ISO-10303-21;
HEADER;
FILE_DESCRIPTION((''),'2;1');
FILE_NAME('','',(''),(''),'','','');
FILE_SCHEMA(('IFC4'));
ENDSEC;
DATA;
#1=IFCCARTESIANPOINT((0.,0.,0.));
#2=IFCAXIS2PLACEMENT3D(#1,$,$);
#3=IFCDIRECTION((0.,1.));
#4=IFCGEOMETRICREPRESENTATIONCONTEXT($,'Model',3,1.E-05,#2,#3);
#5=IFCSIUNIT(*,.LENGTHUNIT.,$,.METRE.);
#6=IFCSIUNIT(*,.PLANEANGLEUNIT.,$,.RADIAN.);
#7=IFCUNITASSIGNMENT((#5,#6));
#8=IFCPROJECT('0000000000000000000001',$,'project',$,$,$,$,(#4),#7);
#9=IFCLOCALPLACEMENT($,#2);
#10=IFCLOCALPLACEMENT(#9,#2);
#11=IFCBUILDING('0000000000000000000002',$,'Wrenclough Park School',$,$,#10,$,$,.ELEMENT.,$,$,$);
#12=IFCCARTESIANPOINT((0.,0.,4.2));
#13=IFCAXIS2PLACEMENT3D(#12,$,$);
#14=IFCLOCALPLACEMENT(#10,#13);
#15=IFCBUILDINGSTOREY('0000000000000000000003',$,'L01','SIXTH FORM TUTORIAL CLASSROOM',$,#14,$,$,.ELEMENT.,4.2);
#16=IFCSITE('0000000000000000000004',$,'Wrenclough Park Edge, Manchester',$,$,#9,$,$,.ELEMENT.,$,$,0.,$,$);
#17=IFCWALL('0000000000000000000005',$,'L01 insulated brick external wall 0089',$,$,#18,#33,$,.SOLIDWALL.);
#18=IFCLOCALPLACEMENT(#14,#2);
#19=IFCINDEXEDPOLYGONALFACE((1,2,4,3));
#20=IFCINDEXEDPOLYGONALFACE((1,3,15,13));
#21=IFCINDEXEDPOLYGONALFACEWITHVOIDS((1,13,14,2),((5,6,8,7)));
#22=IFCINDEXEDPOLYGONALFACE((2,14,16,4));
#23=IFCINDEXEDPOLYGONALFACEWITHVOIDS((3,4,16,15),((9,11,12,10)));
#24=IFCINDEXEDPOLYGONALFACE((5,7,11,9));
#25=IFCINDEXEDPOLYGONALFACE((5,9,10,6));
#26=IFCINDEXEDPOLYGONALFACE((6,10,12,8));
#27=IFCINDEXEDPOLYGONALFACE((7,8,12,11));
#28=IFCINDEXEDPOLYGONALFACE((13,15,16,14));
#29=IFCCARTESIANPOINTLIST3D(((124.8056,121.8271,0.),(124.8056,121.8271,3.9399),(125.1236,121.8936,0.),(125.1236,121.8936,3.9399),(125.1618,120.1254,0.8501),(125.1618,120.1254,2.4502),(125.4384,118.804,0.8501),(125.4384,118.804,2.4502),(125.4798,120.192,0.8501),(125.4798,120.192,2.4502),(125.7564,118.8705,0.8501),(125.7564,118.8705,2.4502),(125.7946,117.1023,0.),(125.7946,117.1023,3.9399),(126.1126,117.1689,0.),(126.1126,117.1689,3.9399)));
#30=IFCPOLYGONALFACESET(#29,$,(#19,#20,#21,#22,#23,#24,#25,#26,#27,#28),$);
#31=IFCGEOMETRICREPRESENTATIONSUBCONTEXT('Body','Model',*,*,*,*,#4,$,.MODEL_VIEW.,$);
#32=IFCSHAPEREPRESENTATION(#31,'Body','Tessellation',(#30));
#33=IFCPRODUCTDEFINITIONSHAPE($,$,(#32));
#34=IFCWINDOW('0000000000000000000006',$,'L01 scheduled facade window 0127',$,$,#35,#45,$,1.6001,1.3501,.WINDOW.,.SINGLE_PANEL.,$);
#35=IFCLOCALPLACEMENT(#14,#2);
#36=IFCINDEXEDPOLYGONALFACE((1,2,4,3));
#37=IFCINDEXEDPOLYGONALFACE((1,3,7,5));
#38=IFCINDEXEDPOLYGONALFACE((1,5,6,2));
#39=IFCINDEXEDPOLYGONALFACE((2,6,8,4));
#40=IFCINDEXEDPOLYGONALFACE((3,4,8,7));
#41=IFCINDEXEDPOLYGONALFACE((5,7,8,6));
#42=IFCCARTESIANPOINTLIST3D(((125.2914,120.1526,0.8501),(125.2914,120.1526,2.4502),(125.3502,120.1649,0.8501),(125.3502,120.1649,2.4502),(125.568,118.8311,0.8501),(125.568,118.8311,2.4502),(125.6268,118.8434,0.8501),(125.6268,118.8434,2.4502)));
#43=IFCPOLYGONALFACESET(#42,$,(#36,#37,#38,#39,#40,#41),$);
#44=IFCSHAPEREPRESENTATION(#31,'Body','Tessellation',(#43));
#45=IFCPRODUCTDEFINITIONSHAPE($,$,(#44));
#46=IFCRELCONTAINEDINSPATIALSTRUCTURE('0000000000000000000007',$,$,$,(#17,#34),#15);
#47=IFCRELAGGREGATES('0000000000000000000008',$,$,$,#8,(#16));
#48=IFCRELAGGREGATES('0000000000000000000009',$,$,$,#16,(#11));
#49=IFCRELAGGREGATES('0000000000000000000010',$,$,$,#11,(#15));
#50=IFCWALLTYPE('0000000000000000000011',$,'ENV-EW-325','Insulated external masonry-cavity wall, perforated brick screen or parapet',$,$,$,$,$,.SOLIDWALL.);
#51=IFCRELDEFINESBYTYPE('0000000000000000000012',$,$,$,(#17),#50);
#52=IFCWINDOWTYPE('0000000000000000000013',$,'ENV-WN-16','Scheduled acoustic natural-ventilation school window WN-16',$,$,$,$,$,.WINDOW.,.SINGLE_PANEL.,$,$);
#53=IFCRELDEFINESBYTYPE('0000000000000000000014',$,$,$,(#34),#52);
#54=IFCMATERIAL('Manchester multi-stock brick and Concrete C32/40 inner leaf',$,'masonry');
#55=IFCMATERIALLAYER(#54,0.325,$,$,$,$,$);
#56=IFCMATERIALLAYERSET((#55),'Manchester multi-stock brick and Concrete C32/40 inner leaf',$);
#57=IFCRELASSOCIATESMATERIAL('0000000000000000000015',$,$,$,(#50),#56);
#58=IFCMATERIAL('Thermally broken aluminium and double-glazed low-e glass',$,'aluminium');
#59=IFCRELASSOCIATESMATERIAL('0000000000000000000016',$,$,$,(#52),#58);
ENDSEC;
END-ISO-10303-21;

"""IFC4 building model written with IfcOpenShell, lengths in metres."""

from ifc_helpers import new_model, si_unit, direction, frame, frame_2d, origin, place, context, subcontext, project, spatial, rectangle, extrude, material, layer, layer_set, type_object, element, fill, save


model = new_model("IFC4")

# Units and contexts
model_context = context("Model", 3, precision=1e-05, world=origin(), true_north=direction((0.0, 1.0)))
body_context = subcontext(model_context, "Body", "Model", "MODEL_VIEW")
ifc_project = project(units=[si_unit("LENGTHUNIT", "METRE"), si_unit("PLANEANGLEUNIT", "RADIAN")], contexts=[model_context])

# Site, building, storey
site_placement = place(None, origin())
site = spatial("IfcSite", under=ifc_project, at=site_placement, Name="Wrenclough Park Edge, Manchester", CompositionType="ELEMENT", RefElevation=0.0)
building_placement = place(site_placement, origin())
building = spatial("IfcBuilding", under=site, at=building_placement, Name="Wrenclough Park School", CompositionType="ELEMENT")
storey_placement = place(building_placement, frame((0.0, 0.0, 4.2)))
storey = spatial("IfcBuildingStorey", under=building, at=storey_placement, Name="L01", Description="SIXTH FORM TUTORIAL CLASSROOM", CompositionType="ELEMENT", Elevation=4.2)

# Wall, opening, window
ifc_material_1 = material(Name="Manchester multi-stock brick and Concrete C32/40 inner leaf", Category="masonry")
ifc_layer_1 = layer(ifc_material_1, 0.325)
ifc_layer_set_1 = layer_set([ifc_layer_1], Name="Manchester multi-stock brick and Concrete C32/40 inner leaf")
wall_type = type_object("IfcWallType", Name="ENV-EW-325", Description="Insulated external masonry-cavity wall, perforated brick screen or parapet", PredefinedType="SOLIDWALL", material=ifc_layer_set_1)
wall_placement = place(storey_placement, frame((124.9646, 121.8604, 0.0), z_axis=(0.0, 0.0, 1.0), x_axis=(0.204881, -0.978787, 0.0)))
wall = element("IfcWall", 1, at=wall_placement, inside=storey, type_object=wall_type, Name="L01 insulated brick external wall 0089", PredefinedType="SOLIDWALL", context=body_context, shape_type="SweptSolid", body=[
    extrude(rectangle(XDim=4.8271, YDim=0.325, at=frame_2d((2.4136, 0.0))), origin(), (0.0, 0.0, 1.0), 3.9399),
])
opening_placement = place(wall_placement, frame((1.7385, 0.0, 0.8501)))
opening = element("IfcOpeningElement", 2, at=opening_placement, cuts=wall, PredefinedType="OPENING", context=body_context, shape_type="SweptSolid", body=[
    extrude(rectangle(XDim=1.3501, YDim=1.6001, at=frame_2d((0.675, 0.8))), frame((0.0, 0.1724, 0.0), z_axis=(0.0, -1.0, 0.0), x_axis=(1.0, 0.0, 0.0)), (0.0, 0.0, 1.0), 0.345),
])
ifc_material_2 = material(Name="Thermally broken aluminium and double-glazed low-e glass", Category="aluminium")
window_type = type_object("IfcWindowType", Name="ENV-WN-16", Description="Scheduled acoustic natural-ventilation school window WN-16", PartitioningType="SINGLE_PANEL", PredefinedType="WINDOW", material=ifc_material_2)
window_placement = place(opening_placement, origin())
window = element("IfcWindow", 3, at=window_placement, inside=storey, type_object=window_type, Name="L01 scheduled facade window 0127", OverallHeight=1.6001, OverallWidth=1.3501, PartitioningType="SINGLE_PANEL", PredefinedType="WINDOW", context=body_context, shape_type="SweptSolid", body=[
    extrude(rectangle(XDim=1.3501, YDim=1.6001, at=frame_2d((0.675, 0.8))), frame((0.0, 0.03, 0.0), z_axis=(0.0, -1.0, 0.0), x_axis=(1.0, 0.0, 0.0)), (0.0, 0.0, 1.0), 0.0601),
])
fill(opening, window)

save(model, "model.ifc")
